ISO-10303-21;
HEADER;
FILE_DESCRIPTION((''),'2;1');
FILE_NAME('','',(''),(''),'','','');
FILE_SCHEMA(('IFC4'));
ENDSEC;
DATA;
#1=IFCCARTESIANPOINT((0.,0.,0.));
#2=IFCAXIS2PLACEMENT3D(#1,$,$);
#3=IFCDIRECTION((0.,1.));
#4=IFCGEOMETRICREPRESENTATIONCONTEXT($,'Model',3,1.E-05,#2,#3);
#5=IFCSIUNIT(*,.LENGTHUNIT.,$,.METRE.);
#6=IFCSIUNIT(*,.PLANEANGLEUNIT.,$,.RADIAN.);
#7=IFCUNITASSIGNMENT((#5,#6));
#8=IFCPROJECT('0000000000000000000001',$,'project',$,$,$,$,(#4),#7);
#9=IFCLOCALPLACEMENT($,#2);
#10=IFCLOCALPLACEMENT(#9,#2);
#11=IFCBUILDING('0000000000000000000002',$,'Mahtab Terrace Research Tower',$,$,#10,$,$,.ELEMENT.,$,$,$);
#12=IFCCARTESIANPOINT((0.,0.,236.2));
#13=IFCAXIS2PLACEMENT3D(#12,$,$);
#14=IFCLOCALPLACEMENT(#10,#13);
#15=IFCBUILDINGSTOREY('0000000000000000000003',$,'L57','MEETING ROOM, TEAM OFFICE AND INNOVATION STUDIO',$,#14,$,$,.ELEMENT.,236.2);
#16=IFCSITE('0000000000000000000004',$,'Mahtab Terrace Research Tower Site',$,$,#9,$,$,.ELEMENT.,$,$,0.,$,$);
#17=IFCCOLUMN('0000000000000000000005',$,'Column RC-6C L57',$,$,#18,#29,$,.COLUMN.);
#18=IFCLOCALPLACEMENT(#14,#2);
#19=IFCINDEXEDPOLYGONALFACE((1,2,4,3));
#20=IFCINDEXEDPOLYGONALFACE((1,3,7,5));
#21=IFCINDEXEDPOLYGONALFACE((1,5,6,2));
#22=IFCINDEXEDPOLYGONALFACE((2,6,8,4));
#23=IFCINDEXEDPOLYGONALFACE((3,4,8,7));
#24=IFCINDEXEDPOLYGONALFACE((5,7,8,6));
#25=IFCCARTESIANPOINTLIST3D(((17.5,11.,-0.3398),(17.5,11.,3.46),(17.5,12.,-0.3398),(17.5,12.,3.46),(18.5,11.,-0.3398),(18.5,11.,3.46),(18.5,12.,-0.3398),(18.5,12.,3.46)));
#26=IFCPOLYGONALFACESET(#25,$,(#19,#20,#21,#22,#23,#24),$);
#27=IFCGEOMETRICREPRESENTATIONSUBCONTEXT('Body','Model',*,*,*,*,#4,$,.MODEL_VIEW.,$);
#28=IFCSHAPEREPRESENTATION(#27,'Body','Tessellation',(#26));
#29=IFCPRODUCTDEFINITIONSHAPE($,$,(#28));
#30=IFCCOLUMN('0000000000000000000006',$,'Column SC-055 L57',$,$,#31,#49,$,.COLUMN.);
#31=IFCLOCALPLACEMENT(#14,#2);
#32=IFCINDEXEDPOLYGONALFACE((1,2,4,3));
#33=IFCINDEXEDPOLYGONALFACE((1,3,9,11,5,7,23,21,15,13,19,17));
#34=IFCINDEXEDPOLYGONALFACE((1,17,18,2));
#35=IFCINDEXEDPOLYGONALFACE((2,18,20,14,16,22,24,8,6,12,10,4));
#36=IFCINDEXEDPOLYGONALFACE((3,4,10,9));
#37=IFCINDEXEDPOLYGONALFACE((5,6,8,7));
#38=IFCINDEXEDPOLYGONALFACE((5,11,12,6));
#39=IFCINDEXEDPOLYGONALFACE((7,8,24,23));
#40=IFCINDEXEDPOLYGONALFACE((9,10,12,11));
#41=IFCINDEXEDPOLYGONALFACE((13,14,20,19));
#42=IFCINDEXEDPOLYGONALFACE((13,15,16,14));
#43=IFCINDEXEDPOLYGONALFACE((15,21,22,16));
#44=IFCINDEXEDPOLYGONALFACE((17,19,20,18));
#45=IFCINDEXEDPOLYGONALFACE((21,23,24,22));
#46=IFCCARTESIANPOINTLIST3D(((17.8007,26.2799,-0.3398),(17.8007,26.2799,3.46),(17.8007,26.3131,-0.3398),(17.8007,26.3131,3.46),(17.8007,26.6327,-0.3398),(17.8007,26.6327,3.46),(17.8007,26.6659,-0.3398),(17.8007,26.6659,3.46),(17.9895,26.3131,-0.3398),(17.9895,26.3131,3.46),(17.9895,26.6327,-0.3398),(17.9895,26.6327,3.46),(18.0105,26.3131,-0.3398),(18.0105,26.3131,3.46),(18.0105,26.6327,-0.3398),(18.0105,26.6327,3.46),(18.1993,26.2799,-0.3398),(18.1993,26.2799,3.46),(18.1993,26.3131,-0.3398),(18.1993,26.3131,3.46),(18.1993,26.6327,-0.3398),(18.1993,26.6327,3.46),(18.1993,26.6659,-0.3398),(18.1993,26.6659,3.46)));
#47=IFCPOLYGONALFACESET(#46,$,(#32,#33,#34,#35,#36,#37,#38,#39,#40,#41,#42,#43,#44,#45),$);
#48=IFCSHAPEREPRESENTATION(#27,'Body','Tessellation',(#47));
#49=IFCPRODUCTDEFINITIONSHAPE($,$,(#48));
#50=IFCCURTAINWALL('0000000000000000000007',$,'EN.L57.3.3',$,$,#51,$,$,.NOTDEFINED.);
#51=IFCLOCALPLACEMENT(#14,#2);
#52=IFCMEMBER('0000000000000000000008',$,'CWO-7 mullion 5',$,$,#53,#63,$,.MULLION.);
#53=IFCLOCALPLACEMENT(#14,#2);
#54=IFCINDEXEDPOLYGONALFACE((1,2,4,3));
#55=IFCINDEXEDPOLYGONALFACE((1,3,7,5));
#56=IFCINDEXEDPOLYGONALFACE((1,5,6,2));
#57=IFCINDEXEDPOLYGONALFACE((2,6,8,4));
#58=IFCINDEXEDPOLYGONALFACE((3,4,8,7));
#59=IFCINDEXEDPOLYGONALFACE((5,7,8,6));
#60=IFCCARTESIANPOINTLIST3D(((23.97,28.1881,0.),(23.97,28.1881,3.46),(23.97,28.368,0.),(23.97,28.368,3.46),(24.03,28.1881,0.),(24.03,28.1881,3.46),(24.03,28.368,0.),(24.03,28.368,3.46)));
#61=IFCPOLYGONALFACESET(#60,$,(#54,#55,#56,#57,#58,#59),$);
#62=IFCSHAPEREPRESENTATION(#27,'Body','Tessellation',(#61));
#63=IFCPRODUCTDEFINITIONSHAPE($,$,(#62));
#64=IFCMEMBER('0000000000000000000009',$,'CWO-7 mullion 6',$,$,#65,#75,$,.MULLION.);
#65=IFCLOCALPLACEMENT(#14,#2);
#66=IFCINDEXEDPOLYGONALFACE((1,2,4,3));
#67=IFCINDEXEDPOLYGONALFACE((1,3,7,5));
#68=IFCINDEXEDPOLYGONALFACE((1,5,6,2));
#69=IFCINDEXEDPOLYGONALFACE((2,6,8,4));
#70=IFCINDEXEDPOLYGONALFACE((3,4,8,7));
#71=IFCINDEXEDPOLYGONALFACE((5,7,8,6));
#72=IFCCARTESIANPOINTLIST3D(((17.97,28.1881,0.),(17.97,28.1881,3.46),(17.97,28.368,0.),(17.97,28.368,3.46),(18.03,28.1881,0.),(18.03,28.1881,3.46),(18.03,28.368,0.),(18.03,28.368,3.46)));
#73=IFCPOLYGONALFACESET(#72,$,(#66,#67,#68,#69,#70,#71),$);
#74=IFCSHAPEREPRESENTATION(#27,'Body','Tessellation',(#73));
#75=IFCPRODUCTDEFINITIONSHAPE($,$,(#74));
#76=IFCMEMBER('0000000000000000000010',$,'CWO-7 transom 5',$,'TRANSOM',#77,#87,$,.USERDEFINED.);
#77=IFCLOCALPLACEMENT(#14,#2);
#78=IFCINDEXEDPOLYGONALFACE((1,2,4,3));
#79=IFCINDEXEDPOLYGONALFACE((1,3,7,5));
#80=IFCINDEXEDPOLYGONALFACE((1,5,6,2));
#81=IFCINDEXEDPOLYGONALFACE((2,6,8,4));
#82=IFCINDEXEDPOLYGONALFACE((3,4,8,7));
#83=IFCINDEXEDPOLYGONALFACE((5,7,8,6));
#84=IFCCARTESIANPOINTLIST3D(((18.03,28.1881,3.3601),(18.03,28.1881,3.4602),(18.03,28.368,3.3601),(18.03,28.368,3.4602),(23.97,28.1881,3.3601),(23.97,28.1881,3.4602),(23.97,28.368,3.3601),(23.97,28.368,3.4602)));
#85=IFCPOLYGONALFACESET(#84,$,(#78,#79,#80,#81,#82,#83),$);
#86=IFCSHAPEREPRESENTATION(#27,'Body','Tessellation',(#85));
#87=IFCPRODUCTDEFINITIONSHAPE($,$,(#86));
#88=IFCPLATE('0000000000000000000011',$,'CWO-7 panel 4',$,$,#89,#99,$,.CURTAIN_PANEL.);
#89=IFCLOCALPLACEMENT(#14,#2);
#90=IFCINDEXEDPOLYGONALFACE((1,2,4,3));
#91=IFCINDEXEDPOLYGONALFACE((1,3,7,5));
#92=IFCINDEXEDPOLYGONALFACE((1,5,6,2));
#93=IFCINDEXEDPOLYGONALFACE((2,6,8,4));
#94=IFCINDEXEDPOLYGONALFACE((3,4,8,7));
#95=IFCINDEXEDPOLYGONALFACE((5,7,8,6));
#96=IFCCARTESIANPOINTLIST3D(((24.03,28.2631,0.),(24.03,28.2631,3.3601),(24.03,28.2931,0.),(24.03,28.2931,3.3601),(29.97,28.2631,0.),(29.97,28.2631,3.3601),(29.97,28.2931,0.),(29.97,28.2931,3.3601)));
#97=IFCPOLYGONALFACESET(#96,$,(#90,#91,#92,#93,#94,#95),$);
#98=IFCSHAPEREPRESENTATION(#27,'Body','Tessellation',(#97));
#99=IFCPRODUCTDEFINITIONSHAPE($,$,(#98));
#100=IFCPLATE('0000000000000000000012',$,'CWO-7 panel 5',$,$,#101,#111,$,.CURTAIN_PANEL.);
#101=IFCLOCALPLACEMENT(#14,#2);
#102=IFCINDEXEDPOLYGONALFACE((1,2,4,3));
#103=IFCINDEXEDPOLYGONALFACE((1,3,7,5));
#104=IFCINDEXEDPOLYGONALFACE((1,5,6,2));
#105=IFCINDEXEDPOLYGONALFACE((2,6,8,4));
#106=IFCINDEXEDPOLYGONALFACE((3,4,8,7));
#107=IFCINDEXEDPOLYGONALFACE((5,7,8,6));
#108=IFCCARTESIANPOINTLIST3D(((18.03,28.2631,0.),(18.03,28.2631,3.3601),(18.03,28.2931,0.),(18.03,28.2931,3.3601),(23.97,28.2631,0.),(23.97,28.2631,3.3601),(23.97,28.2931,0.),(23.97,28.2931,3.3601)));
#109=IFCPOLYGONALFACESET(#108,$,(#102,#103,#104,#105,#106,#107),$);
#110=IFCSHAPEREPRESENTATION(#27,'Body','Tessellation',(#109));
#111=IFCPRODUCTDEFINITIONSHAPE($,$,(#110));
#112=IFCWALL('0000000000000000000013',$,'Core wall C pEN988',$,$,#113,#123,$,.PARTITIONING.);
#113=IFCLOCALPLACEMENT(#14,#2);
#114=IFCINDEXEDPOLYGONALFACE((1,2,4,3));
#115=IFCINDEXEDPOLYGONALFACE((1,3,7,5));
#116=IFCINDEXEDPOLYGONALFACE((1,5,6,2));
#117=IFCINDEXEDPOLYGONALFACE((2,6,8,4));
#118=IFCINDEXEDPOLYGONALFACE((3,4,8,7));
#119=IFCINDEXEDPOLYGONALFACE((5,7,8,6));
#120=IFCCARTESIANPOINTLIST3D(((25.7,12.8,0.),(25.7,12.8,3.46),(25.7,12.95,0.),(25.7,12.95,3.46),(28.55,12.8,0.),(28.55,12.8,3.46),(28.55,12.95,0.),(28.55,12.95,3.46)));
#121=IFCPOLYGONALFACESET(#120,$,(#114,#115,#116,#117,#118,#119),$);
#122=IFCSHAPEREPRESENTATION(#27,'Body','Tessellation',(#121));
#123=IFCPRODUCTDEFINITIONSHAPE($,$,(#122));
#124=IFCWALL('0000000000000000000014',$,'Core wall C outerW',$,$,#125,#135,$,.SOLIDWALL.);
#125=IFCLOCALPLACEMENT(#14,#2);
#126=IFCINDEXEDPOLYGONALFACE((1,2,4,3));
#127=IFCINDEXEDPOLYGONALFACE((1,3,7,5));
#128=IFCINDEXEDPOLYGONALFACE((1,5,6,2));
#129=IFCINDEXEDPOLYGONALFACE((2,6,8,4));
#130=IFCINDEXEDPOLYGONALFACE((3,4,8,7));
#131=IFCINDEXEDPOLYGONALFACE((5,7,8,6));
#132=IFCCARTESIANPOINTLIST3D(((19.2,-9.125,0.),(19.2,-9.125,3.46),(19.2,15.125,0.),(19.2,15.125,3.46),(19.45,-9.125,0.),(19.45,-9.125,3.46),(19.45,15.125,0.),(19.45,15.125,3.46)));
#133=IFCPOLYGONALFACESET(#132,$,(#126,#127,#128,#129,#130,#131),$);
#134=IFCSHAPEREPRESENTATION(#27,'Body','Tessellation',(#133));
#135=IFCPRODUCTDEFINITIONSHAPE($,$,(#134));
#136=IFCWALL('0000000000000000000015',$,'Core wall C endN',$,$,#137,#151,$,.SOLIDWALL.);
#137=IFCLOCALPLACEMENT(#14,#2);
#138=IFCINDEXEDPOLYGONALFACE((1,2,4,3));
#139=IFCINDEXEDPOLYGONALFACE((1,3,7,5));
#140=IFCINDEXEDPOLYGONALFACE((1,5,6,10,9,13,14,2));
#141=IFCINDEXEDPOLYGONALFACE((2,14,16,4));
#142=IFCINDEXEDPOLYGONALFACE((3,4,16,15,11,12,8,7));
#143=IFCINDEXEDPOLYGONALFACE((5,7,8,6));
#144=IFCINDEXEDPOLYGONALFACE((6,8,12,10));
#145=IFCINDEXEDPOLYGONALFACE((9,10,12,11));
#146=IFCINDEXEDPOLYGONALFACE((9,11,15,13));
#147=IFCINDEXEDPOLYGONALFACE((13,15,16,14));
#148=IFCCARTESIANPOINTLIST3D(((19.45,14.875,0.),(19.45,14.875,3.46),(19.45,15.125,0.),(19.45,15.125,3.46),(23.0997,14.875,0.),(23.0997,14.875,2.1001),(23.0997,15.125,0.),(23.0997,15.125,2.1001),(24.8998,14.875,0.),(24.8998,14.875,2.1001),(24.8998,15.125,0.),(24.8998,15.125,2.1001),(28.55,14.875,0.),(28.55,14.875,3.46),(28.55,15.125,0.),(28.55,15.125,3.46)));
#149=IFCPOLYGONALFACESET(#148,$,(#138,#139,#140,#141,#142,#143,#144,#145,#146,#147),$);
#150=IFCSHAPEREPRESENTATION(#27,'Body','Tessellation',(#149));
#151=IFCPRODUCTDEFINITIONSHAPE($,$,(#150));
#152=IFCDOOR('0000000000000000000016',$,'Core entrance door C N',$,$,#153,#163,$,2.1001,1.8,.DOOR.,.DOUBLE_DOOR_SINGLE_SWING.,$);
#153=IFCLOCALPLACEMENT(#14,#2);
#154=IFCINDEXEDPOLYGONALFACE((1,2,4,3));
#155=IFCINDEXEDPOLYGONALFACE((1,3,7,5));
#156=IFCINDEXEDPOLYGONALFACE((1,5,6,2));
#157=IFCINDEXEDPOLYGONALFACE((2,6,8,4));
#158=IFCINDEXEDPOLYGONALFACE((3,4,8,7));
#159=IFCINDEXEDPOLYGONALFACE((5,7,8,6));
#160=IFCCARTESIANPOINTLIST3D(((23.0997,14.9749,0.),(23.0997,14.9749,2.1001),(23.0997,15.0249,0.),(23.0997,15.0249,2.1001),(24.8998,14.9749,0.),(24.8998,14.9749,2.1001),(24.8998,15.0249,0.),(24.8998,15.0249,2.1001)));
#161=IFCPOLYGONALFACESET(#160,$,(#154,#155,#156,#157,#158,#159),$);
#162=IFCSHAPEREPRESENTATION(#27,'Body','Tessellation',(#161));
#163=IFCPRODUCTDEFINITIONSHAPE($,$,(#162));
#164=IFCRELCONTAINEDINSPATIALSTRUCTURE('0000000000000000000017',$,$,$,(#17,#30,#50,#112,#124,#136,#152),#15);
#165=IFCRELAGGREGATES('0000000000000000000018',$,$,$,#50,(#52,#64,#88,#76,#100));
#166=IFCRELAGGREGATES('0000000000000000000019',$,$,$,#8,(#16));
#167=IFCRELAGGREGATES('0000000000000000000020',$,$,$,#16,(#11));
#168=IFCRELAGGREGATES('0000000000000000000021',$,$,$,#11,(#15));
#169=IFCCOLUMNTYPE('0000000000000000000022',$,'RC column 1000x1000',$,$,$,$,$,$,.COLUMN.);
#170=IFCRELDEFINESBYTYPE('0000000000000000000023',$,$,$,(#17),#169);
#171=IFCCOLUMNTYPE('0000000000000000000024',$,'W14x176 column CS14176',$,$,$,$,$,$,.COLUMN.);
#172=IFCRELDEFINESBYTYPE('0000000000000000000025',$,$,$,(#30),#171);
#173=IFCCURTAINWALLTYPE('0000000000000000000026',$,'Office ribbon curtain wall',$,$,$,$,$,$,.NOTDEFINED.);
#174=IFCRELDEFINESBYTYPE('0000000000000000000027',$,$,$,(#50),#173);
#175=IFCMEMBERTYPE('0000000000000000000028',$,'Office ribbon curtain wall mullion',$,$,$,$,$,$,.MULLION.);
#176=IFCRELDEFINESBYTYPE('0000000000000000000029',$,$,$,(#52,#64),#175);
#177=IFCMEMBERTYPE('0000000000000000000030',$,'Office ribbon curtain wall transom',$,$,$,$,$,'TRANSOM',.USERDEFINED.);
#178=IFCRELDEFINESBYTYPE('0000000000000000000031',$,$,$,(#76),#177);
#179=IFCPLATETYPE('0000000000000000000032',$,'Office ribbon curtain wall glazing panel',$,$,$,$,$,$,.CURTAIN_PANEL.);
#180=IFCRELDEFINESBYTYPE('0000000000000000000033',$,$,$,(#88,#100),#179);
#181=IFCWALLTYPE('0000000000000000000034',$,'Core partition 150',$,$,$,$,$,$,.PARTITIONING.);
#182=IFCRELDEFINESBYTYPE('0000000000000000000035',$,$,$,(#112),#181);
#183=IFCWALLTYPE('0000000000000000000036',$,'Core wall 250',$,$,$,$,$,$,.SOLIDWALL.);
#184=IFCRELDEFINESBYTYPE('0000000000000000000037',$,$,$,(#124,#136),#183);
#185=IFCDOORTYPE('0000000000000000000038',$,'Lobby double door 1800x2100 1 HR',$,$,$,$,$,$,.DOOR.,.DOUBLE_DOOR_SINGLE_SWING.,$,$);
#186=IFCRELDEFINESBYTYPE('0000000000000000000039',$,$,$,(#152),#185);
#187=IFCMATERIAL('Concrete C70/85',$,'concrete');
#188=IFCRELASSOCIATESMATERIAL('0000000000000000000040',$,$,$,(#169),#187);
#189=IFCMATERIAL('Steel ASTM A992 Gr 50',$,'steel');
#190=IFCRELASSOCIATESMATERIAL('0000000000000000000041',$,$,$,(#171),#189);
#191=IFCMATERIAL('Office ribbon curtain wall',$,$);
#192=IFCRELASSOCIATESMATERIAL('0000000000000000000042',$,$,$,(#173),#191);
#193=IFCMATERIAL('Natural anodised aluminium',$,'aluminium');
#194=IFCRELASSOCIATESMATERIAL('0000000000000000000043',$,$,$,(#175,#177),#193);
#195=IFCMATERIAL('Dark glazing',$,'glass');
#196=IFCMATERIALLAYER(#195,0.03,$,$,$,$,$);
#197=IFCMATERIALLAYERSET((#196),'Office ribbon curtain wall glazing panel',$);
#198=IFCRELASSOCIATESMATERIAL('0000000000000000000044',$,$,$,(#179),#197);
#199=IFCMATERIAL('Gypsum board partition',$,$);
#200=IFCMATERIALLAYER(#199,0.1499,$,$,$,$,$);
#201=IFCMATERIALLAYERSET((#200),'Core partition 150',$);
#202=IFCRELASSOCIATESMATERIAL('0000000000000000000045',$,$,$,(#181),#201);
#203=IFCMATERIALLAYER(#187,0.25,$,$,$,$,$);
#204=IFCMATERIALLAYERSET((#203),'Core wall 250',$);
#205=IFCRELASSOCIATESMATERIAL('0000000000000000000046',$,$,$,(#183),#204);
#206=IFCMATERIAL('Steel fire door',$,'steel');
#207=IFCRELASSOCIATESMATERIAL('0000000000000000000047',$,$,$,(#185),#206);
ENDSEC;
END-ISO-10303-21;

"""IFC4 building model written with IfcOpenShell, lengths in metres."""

from ifc_helpers import new_model, si_unit, direction, frame, frame_2d, origin, origin_2d, place, context, subcontext, project, spatial, rectangle, i_section, extrude, material, layer, layer_set, material_profile, profile_set, type_object, element, fill, aggregate, save


model = new_model("IFC4")

# Units and contexts
model_context = context("Model", 3, precision=1e-05, world=origin(), true_north=direction((0.0, 1.0)))
body_context = subcontext(model_context, "Body", "Model", "MODEL_VIEW")
ifc_project = project(units=[si_unit("LENGTHUNIT", "METRE"), si_unit("PLANEANGLEUNIT", "RADIAN")], contexts=[model_context])

# Site, building, storey
site_placement = place(None, origin())
site = spatial("IfcSite", under=ifc_project, at=site_placement, Name="Mahtab Terrace Research Tower Site", CompositionType="ELEMENT", RefElevation=0.0)
building_placement = place(site_placement, origin())
building = spatial("IfcBuilding", under=site, at=building_placement, Name="Mahtab Terrace Research Tower", CompositionType="ELEMENT")
storey_placement = place(building_placement, frame((0.0, 0.0, 236.2)))
storey = spatial("IfcBuildingStorey", under=building, at=storey_placement, Name="L57", Description="MEETING ROOM, TEAM OFFICE AND INNOVATION STUDIO", CompositionType="ELEMENT", Elevation=236.2)

# Columns
ifc_material_1 = material(Name="Concrete C70/85", Category="concrete")
ifc_material_profile_1 = material_profile(ifc_material_1, rectangle(XDim=1.0, YDim=1.0, at=origin_2d()), Name="RC column 1000x1000")
ifc_profile_set_1 = profile_set([ifc_material_profile_1], Name="Concrete C70/85")
column_type_1 = type_object("IfcColumnType", Name="RC column 1000x1000", PredefinedType="COLUMN", material=ifc_profile_set_1)
column_1_placement = place(storey_placement, frame((18.0, 11.5, -0.3398), z_axis=(0.0, 0.0, 1.0), x_axis=(1.0, 0.0, 0.0)))
element("IfcColumn", 1, at=column_1_placement, inside=storey, type_object=column_type_1, Name="Column RC-6C L57", PredefinedType="COLUMN", context=body_context, shape_type="SweptSolid", body=[
    extrude(rectangle(XDim=1.0, YDim=1.0, at=origin_2d()), origin(), (0.0, 0.0, 1.0), 3.7998),
])
ifc_material_2 = material(Name="Steel ASTM A992 Gr 50", Category="steel")
ifc_material_profile_2 = material_profile(ifc_material_2, i_section(OverallWidth=0.3987, OverallDepth=0.386, WebThickness=0.021, FlangeThickness=0.0332, at=origin_2d()), Name="W14X176")
ifc_profile_set_2 = profile_set([ifc_material_profile_2], Name="Steel ASTM A992 Gr 50")
column_type_2 = type_object("IfcColumnType", Name="W14x176 column CS14176", PredefinedType="COLUMN", material=ifc_profile_set_2)
column_2_placement = place(storey_placement, frame((18.0, 26.4729, -0.3398), z_axis=(0.0, 0.0, 1.0), x_axis=(1.0, 0.0, 0.0)))
element("IfcColumn", 2, at=column_2_placement, inside=storey, type_object=column_type_2, Name="Column SC-055 L57", PredefinedType="COLUMN", context=body_context, shape_type="SweptSolid", body=[
    extrude(i_section(OverallWidth=0.3987, OverallDepth=0.386, WebThickness=0.021, FlangeThickness=0.0332, at=origin_2d()), origin(), (0.0, 0.0, 1.0), 3.7998),
])

# Curtain wall, members, plates
ifc_material_3 = material(Name="Office ribbon curtain wall")
curtain_wall_type = type_object("IfcCurtainWallType", Name="Office ribbon curtain wall", PredefinedType="NOTDEFINED", material=ifc_material_3)
curtain_wall_placement = place(storey_placement, origin())
curtain_wall = element("IfcCurtainWall", 3, at=curtain_wall_placement, inside=storey, type_object=curtain_wall_type, Name="EN.L57.3.3", PredefinedType="NOTDEFINED")
ifc_material_4 = material(Name="Natural anodised aluminium", Category="aluminium")
ifc_material_profile_3 = material_profile(ifc_material_4, rectangle(XDim=0.1799, YDim=0.0601, at=origin_2d()), Name="MULLION 60x180")
ifc_profile_set_3 = profile_set([ifc_material_profile_3], Name="Natural anodised aluminium")
member_type_1 = type_object("IfcMemberType", Name="Office ribbon curtain wall mullion", PredefinedType="MULLION", material=ifc_profile_set_3)
member_1_placement = place(storey_placement, frame((24.0, 28.2781, 0.0), z_axis=(0.0, 0.0, 1.0), x_axis=(0.0, -1.0, 0.0)))
member_1 = element("IfcMember", 4, at=member_1_placement, type_object=member_type_1, Name="CWO-7 mullion 5", PredefinedType="MULLION", context=body_context, shape_type="SweptSolid", body=[
    extrude(rectangle(XDim=0.1799, YDim=0.0601, at=origin_2d()), origin(), (0.0, 0.0, 1.0), 3.46),
])
member_2_placement = place(storey_placement, frame((18.0, 28.2781, 0.0), z_axis=(0.0, 0.0, 1.0), x_axis=(0.0, -1.0, 0.0)))
member_2 = element("IfcMember", 5, at=member_2_placement, type_object=member_type_1, Name="CWO-7 mullion 6", PredefinedType="MULLION", context=body_context, shape_type="SweptSolid", body=[
    extrude(rectangle(XDim=0.1799, YDim=0.0601, at=origin_2d()), origin(), (0.0, 0.0, 1.0), 3.46),
])
ifc_material_profile_4 = material_profile(ifc_material_4, rectangle(XDim=0.1799, YDim=0.1001, at=origin_2d()), Name="TRANSOM 100x180")
ifc_profile_set_4 = profile_set([ifc_material_profile_4], Name="Natural anodised aluminium")
member_type_2 = type_object("IfcMemberType", Name="Office ribbon curtain wall transom", ElementType="TRANSOM", PredefinedType="USERDEFINED", material=ifc_profile_set_4)
member_3_placement = place(storey_placement, frame((23.97, 28.2781, 3.4102), z_axis=(-1.0, 0.0, 0.0), x_axis=(0.0, -1.0, 0.0)))
member_3 = element("IfcMember", 6, at=member_3_placement, type_object=member_type_2, Name="CWO-7 transom 5", ObjectType="TRANSOM", PredefinedType="USERDEFINED", context=body_context, shape_type="SweptSolid", body=[
    extrude(rectangle(XDim=0.1799, YDim=0.1001, at=origin_2d()), origin(), (0.0, 0.0, 1.0), 5.9399),
])
ifc_material_5 = material(Name="Dark glazing", Category="glass")
ifc_layer_1 = layer(ifc_material_5, 0.03)
ifc_layer_set_1 = layer_set([ifc_layer_1], Name="Office ribbon curtain wall glazing panel")
plate_type = type_object("IfcPlateType", Name="Office ribbon curtain wall glazing panel", PredefinedType="CURTAIN_PANEL", material=ifc_layer_set_1)
plate_1_placement = place(storey_placement, frame((27.0, 28.2781, 0.0), z_axis=(0.0, 0.0, 1.0), x_axis=(-1.0, 0.0, 0.0)))
plate_1 = element("IfcPlate", 7, at=plate_1_placement, type_object=plate_type, Name="CWO-7 panel 4", PredefinedType="CURTAIN_PANEL", context=body_context, shape_type="SweptSolid", body=[
    extrude(rectangle(XDim=5.9399, YDim=0.03, at=origin_2d()), origin(), (0.0, 0.0, 1.0), 3.3601),
])
plate_2_placement = place(storey_placement, frame((21.0, 28.2781, 0.0), z_axis=(0.0, 0.0, 1.0), x_axis=(-1.0, 0.0, 0.0)))
plate_2 = element("IfcPlate", 8, at=plate_2_placement, type_object=plate_type, Name="CWO-7 panel 5", PredefinedType="CURTAIN_PANEL", context=body_context, shape_type="SweptSolid", body=[
    extrude(rectangle(XDim=5.9399, YDim=0.03, at=origin_2d()), origin(), (0.0, 0.0, 1.0), 3.3601),
])
aggregate(curtain_wall, [member_1, member_2, plate_1, member_3, plate_2])

# Walls
ifc_material_6 = material(Name="Gypsum board partition")
ifc_layer_2 = layer(ifc_material_6, 0.1499)
ifc_layer_set_2 = layer_set([ifc_layer_2], Name="Core partition 150")
wall_type_1 = type_object("IfcWallType", Name="Core partition 150", PredefinedType="PARTITIONING", material=ifc_layer_set_2)
wall_1_placement = place(storey_placement, frame((25.7, 12.875, 0.0), z_axis=(0.0, 0.0, 1.0), x_axis=(1.0, 0.0, 0.0)))
element("IfcWall", 9, at=wall_1_placement, inside=storey, type_object=wall_type_1, Name="Core wall C pEN988", PredefinedType="PARTITIONING", context=body_context, shape_type="SweptSolid", body=[
    extrude(rectangle(XDim=2.8501, YDim=0.1499, at=frame_2d((1.425, 0.0))), origin(), (0.0, 0.0, 1.0), 3.46),
])
ifc_layer_3 = layer(ifc_material_1, 0.25)
ifc_layer_set_3 = layer_set([ifc_layer_3], Name="Core wall 250")
wall_type_2 = type_object("IfcWallType", Name="Core wall 250", PredefinedType="SOLIDWALL", material=ifc_layer_set_3)
wall_2_placement = place(storey_placement, frame((19.325, 15.125, 0.0), z_axis=(0.0, 0.0, 1.0), x_axis=(0.0, -1.0, 0.0)))
element("IfcWall", 10, at=wall_2_placement, inside=storey, type_object=wall_type_2, Name="Core wall C outerW", PredefinedType="SOLIDWALL", context=body_context, shape_type="SweptSolid", body=[
    extrude(rectangle(XDim=24.25, YDim=0.25, at=frame_2d((12.125, 0.0))), origin(), (0.0, 0.0, 1.0), 3.46),
])

# Wall, opening, door
wall_3_placement = place(storey_placement, frame((19.45, 15.0, 0.0), z_axis=(0.0, 0.0, 1.0), x_axis=(1.0, 0.0, 0.0)))
wall_3 = element("IfcWall", 11, at=wall_3_placement, inside=storey, type_object=wall_type_2, Name="Core wall C endN", PredefinedType="SOLIDWALL", context=body_context, shape_type="SweptSolid", body=[
    extrude(rectangle(XDim=9.1001, YDim=0.25, at=frame_2d((4.55, 0.0))), origin(), (0.0, 0.0, 1.0), 3.46),
])
opening_1_placement = place(wall_3_placement, frame((3.6499, 0.0, 0.0)))
opening_1 = element("IfcOpeningElement", 12, at=opening_1_placement, cuts=wall_3, PredefinedType="OPENING", context=body_context, shape_type="SweptSolid", body=[
    extrude(rectangle(XDim=1.8, YDim=2.1001, at=frame_2d((0.8999, 1.05))), frame((0.0, 0.135, 0.0), z_axis=(0.0, -1.0, 0.0), x_axis=(1.0, 0.0, 0.0)), (0.0, 0.0, 1.0), 0.27),
])
ifc_material_7 = material(Name="Steel fire door", Category="steel")
door_type_1 = type_object("IfcDoorType", Name="Lobby double door 1800x2100 1 HR", OperationType="DOUBLE_DOOR_SINGLE_SWING", PredefinedType="DOOR", material=ifc_material_7)
door_1_placement = place(opening_1_placement, origin())
door_1 = element("IfcDoor", 13, at=door_1_placement, inside=storey, type_object=door_type_1, Name="Core entrance door C N", OperationType="DOUBLE_DOOR_SINGLE_SWING", OverallHeight=2.1001, OverallWidth=1.8, PredefinedType="DOOR", context=body_context, shape_type="SweptSolid", body=[
    extrude(rectangle(XDim=1.8, YDim=2.1001, at=frame_2d((0.8999, 1.05))), frame((0.0, 0.0249, 0.0), z_axis=(0.0, -1.0, 0.0), x_axis=(1.0, 0.0, 0.0)), (0.0, 0.0, 1.0), 0.05),
])
fill(opening_1, door_1)

save(model, "model.ifc")
